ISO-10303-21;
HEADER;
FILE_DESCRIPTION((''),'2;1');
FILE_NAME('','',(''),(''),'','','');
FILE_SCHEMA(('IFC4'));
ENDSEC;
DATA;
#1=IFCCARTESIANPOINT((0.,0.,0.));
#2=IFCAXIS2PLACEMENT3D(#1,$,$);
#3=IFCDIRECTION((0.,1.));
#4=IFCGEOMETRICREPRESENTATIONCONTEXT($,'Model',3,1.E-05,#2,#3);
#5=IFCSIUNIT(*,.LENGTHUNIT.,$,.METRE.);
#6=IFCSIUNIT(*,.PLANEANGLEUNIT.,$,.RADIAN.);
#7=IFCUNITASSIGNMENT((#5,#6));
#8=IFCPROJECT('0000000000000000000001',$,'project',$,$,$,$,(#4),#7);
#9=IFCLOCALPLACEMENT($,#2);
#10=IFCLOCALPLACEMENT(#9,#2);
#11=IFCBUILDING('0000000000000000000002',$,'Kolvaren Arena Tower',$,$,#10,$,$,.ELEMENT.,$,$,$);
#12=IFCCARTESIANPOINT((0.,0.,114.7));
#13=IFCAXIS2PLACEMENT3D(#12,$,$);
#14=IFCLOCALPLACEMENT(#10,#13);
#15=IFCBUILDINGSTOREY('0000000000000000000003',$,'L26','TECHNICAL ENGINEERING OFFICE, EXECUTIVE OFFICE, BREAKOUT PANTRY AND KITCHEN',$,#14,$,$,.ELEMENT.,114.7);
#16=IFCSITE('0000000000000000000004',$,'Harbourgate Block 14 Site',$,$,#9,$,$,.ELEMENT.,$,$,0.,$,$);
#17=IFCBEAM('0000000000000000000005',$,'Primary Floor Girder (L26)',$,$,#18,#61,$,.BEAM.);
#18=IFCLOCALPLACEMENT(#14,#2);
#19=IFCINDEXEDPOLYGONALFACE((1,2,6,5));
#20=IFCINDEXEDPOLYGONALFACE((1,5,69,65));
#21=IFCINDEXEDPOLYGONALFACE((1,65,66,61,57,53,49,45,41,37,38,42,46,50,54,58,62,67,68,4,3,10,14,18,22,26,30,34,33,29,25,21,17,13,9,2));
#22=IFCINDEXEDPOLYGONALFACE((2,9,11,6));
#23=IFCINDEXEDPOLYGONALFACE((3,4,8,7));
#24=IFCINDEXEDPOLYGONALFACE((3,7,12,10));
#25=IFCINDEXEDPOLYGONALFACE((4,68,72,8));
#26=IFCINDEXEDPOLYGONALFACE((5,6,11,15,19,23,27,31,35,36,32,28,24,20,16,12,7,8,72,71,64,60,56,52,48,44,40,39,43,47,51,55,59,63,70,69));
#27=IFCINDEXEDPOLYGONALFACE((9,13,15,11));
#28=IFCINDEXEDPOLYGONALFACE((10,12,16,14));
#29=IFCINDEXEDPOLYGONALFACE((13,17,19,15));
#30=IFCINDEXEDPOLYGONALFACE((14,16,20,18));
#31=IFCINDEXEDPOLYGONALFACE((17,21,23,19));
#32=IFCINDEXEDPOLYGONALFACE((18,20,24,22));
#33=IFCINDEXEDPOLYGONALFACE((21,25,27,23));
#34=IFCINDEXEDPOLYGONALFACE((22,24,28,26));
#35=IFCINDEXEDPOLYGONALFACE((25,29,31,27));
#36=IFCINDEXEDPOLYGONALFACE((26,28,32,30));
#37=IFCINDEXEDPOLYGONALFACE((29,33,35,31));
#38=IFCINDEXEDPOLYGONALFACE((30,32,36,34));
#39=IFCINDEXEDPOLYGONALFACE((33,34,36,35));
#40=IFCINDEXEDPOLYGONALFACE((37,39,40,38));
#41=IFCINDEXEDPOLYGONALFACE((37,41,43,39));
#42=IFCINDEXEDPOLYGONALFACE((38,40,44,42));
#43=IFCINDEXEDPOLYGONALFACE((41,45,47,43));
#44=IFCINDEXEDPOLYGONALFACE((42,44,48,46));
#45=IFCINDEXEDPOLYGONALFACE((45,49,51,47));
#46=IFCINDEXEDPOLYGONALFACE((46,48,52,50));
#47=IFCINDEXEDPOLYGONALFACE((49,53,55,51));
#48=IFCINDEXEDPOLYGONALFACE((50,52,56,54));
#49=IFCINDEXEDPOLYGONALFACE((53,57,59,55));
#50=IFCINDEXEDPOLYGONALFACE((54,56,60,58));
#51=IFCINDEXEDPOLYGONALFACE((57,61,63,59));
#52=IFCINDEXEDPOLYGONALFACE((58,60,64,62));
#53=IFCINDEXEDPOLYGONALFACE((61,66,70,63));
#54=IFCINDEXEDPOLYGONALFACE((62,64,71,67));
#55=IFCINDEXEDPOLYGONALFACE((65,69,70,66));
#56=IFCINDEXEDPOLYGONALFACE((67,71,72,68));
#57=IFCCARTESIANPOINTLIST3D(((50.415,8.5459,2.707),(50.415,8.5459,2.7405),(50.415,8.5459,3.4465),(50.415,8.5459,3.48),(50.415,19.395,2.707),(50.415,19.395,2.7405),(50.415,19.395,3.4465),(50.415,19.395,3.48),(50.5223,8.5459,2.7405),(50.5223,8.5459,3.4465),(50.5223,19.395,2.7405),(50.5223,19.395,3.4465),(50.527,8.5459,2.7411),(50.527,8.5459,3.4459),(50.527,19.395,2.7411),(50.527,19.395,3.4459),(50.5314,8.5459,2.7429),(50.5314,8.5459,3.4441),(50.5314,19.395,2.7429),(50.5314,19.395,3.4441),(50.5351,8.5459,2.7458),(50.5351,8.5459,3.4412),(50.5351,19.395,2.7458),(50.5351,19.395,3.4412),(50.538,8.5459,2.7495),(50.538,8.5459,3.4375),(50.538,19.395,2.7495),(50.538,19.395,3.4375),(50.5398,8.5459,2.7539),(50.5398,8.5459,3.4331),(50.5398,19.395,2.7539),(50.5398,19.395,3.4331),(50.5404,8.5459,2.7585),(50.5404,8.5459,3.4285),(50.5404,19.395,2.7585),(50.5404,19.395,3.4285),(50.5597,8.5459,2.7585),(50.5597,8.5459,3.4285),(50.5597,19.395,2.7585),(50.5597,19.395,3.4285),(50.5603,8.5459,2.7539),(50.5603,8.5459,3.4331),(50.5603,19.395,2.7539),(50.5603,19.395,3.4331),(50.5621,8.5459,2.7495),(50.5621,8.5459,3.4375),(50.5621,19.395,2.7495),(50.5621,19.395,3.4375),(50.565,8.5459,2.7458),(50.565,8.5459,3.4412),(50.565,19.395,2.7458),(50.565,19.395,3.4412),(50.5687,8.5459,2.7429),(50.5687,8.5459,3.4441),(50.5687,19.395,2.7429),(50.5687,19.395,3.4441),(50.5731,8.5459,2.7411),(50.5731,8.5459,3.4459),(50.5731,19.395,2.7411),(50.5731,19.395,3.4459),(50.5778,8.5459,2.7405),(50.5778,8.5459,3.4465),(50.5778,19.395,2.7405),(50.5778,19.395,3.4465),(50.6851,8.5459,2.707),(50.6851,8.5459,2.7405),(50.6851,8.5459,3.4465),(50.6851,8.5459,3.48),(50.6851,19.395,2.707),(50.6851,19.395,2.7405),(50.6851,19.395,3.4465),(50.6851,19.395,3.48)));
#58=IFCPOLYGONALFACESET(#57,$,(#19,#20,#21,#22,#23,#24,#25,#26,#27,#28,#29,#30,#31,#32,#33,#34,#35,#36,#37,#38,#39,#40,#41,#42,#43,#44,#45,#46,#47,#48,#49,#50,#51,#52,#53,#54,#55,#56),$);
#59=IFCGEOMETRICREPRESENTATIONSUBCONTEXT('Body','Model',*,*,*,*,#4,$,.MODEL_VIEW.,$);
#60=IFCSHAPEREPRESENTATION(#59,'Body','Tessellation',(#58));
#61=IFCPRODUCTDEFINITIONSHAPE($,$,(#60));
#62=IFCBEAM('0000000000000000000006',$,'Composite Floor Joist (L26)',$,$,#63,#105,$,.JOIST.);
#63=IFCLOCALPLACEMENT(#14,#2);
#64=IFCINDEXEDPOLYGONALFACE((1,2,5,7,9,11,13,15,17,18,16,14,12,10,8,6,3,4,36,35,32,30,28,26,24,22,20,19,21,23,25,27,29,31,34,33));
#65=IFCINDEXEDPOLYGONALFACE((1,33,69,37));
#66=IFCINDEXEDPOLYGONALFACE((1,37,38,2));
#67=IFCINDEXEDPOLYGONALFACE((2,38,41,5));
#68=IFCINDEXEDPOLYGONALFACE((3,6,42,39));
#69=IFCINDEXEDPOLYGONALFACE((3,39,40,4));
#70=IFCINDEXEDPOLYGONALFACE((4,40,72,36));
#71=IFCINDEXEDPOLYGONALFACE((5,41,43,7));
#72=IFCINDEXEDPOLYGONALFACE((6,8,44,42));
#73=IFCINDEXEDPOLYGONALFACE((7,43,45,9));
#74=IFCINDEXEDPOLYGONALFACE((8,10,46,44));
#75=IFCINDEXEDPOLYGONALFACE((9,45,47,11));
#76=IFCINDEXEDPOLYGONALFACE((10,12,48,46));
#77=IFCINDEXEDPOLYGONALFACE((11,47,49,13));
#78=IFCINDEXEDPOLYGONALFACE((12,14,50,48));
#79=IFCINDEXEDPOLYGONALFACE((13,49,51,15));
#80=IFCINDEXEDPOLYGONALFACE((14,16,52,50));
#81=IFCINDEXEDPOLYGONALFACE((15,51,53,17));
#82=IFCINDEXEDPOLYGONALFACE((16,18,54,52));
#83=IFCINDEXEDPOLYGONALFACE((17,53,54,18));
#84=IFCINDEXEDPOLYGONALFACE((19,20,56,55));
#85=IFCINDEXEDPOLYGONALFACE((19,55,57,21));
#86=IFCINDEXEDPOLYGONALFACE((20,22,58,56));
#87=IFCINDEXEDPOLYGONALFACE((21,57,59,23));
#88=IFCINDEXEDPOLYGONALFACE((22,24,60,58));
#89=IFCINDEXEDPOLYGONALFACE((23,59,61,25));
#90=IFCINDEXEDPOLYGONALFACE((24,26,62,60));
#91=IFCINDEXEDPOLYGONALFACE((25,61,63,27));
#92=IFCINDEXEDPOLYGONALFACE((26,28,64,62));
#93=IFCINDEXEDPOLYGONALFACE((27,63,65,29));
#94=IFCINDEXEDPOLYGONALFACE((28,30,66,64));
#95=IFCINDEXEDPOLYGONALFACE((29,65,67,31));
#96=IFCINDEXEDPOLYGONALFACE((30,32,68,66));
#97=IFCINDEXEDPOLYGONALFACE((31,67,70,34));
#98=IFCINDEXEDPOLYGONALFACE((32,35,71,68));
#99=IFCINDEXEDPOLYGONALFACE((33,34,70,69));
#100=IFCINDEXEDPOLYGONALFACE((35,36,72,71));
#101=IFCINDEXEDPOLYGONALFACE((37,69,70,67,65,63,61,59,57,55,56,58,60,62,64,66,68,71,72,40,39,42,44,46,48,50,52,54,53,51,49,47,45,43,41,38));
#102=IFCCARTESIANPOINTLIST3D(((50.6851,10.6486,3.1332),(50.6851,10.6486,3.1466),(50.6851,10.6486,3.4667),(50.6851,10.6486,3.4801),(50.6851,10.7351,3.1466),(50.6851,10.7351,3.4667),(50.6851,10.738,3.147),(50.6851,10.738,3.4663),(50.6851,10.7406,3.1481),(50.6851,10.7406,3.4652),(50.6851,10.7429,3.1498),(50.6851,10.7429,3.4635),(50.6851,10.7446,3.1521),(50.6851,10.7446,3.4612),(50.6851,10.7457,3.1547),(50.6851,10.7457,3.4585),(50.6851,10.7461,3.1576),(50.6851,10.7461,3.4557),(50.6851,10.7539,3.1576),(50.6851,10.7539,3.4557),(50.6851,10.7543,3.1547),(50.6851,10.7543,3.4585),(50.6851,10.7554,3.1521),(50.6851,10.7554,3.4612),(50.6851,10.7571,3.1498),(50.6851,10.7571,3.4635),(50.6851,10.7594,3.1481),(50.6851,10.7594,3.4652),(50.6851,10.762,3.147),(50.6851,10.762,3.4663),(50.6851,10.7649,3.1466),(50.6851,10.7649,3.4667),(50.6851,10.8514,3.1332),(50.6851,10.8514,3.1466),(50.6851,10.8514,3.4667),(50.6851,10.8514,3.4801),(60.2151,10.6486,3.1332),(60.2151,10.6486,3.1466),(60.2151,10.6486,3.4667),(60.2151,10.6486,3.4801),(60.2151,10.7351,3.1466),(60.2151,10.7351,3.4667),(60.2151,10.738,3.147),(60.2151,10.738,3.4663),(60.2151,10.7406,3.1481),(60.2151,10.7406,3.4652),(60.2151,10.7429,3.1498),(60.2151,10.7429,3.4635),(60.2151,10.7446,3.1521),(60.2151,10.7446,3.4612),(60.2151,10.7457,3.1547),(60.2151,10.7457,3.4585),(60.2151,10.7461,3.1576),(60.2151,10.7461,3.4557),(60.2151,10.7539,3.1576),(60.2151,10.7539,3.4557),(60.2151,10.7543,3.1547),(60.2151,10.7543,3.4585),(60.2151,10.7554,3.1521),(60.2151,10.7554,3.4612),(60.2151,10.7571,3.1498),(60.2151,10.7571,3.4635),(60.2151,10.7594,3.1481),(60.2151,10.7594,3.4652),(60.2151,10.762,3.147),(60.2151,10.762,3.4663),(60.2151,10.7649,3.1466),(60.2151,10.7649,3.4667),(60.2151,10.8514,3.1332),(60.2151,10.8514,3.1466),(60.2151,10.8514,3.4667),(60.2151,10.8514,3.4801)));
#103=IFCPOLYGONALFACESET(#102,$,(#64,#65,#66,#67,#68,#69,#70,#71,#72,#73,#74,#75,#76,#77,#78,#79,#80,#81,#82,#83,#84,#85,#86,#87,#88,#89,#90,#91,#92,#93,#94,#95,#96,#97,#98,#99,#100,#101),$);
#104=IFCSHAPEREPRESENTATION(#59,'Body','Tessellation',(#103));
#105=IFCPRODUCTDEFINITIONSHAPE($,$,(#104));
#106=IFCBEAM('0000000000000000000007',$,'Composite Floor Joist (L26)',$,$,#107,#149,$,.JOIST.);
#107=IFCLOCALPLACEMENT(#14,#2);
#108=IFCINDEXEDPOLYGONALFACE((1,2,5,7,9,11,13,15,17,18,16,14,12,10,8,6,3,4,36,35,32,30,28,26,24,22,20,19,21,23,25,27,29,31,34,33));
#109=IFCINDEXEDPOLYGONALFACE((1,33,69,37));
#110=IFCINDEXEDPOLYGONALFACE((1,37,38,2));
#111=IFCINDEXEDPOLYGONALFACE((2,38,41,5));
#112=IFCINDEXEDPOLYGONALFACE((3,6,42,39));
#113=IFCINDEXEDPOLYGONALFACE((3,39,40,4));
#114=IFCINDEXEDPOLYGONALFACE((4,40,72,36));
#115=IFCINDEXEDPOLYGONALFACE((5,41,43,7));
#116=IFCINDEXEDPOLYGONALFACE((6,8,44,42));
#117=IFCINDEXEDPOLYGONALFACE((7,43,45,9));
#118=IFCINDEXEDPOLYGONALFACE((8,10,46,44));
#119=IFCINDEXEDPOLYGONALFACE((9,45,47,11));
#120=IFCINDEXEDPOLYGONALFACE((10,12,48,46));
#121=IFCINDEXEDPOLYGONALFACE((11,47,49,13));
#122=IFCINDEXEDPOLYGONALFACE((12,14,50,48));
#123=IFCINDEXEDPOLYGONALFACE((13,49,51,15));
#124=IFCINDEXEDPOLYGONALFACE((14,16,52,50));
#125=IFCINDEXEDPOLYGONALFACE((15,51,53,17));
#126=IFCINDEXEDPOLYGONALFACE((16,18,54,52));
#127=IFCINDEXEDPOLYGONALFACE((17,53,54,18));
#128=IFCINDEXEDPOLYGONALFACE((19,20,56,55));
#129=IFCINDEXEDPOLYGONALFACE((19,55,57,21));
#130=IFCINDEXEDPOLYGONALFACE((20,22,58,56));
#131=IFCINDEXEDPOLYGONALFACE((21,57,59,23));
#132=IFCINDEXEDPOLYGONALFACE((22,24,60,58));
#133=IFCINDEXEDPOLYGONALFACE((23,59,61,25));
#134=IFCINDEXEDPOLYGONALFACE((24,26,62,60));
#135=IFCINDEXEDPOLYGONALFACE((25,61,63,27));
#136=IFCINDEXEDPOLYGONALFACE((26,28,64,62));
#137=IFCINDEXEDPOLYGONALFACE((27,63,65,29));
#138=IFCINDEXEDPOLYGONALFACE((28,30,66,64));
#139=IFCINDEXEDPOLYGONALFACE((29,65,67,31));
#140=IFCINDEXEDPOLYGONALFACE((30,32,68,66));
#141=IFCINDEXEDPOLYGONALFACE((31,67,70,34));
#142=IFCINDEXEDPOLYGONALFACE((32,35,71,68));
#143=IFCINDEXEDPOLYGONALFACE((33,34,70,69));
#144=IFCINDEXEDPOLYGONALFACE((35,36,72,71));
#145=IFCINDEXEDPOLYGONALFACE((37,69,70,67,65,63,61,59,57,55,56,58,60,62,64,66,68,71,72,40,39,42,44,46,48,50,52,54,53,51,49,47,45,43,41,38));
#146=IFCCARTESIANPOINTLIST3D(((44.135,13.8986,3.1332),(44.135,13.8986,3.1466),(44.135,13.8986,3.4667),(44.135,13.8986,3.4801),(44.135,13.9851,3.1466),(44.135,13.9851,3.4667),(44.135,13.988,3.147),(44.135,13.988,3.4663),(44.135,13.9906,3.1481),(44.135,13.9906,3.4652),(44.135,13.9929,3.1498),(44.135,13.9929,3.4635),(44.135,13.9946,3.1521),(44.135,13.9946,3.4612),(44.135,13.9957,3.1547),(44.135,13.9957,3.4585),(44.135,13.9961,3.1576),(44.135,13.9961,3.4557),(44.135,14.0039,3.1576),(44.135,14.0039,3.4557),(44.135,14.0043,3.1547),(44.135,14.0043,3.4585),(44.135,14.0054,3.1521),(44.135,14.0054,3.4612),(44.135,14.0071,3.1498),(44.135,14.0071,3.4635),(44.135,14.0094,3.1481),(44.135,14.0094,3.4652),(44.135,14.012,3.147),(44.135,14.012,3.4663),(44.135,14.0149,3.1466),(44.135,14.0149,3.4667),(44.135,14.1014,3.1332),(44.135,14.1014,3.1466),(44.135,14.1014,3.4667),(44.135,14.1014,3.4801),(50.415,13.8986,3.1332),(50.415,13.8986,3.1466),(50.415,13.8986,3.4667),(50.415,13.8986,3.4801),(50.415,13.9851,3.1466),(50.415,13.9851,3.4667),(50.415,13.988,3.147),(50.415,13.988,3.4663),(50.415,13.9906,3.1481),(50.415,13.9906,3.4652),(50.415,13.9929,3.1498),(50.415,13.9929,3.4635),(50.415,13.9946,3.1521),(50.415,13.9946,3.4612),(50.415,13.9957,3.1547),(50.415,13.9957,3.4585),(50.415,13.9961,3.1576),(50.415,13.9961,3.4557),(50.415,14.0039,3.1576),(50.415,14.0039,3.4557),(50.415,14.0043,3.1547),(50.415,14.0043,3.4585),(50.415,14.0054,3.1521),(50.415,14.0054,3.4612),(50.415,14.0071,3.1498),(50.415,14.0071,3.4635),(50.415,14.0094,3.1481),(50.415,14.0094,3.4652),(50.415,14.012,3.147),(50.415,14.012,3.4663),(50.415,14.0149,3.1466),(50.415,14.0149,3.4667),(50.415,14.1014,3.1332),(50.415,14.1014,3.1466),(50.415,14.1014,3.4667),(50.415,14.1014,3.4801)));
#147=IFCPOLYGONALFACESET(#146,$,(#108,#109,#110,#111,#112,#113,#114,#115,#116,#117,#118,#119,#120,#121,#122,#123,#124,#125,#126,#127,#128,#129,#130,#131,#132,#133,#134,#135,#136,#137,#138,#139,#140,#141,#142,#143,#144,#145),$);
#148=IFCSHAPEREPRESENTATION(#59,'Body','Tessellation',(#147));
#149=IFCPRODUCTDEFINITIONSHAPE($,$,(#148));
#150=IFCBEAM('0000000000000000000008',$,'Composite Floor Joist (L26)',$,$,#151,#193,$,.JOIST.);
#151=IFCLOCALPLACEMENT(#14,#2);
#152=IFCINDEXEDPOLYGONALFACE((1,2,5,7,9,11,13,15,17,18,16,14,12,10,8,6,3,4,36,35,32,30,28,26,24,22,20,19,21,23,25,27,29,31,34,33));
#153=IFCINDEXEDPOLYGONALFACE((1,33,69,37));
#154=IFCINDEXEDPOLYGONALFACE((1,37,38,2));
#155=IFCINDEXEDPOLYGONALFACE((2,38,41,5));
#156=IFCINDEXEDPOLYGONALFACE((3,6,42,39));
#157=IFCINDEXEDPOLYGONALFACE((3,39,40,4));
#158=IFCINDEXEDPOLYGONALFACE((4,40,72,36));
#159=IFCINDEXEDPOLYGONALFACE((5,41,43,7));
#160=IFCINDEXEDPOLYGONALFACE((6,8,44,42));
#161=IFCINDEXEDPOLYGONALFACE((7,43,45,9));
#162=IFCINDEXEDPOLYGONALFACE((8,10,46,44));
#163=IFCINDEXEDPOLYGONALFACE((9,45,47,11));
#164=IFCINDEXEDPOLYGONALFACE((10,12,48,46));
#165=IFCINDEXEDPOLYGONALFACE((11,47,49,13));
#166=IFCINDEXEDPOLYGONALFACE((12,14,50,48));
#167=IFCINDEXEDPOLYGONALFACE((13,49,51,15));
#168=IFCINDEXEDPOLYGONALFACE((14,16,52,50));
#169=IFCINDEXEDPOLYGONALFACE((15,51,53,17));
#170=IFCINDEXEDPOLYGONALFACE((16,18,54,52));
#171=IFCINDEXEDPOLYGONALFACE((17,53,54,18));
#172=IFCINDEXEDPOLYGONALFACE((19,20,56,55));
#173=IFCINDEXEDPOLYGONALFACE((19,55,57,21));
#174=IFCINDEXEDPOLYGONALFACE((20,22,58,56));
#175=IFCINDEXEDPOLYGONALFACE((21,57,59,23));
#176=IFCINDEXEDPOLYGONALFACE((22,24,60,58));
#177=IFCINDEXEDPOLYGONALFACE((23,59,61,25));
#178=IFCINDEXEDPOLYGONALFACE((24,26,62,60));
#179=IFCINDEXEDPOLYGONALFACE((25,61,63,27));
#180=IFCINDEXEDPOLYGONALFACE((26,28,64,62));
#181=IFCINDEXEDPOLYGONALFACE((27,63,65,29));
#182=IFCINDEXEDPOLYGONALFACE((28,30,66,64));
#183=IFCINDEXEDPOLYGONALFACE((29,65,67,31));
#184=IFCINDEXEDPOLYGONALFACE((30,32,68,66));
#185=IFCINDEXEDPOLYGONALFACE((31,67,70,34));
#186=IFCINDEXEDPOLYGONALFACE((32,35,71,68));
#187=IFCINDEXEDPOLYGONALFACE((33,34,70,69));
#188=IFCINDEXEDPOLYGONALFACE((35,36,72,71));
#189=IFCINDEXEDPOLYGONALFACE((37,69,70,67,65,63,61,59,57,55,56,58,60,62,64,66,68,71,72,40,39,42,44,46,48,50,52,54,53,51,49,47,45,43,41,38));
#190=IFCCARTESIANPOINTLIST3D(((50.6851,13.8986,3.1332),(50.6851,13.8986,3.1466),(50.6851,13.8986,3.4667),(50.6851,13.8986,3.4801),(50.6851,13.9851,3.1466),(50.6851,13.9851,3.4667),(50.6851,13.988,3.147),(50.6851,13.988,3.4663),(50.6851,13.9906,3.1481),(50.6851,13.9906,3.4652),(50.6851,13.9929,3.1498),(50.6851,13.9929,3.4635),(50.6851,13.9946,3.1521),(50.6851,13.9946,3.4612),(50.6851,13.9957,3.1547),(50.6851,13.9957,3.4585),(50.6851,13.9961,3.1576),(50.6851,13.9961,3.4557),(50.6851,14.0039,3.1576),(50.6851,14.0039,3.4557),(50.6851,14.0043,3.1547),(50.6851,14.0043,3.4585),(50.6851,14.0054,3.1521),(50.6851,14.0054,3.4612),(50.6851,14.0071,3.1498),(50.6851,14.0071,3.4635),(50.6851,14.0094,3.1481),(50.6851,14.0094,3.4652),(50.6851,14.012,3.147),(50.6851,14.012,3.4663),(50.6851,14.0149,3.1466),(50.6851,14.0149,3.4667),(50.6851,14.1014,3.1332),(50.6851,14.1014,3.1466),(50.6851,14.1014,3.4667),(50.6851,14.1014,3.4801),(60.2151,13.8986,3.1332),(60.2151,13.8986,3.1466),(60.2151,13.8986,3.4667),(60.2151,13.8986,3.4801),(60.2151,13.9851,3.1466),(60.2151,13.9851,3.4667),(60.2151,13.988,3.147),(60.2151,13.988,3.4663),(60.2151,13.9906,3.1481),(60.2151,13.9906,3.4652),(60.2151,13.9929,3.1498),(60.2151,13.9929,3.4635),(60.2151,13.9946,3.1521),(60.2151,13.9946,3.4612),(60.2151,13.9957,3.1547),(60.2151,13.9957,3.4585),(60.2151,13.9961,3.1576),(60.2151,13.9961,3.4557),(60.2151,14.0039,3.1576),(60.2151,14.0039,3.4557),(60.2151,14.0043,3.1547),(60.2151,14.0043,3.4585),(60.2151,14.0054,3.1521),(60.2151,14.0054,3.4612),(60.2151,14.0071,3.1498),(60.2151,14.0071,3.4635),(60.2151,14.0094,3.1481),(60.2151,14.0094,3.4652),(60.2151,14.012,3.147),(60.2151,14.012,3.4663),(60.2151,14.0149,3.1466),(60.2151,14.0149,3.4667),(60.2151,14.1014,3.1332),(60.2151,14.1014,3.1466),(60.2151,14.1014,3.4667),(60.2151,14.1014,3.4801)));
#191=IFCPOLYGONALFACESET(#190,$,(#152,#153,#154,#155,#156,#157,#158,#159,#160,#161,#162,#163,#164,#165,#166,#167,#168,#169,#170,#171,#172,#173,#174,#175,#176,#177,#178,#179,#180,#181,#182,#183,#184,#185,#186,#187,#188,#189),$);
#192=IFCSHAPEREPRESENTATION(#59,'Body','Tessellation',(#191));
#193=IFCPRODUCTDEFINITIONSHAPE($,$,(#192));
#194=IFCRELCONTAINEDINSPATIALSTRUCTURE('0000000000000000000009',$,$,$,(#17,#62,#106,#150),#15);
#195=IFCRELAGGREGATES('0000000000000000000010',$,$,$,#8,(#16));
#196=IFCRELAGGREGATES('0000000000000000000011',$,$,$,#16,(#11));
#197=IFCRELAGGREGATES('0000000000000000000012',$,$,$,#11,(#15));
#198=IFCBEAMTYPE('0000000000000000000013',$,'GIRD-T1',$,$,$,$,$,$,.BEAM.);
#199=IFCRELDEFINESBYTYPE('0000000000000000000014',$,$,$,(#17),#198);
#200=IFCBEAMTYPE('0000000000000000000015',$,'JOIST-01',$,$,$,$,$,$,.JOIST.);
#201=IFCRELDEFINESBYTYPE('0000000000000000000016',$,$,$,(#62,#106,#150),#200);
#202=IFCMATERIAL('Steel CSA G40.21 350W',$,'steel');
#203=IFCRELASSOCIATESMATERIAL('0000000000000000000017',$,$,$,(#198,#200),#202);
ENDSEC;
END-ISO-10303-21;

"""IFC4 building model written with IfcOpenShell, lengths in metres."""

from ifc_helpers import new_model, si_unit, direction, frame, origin, origin_2d, place, context, subcontext, project, spatial, i_section, extrude, material, material_profile, profile_set, type_object, element, save


model = new_model("IFC4")

# Units and contexts
model_context = context("Model", 3, precision=1e-05, world=origin(), true_north=direction((0.0, 1.0)))
body_context = subcontext(model_context, "Body", "Model", "MODEL_VIEW")
ifc_project = project(units=[si_unit("LENGTHUNIT", "METRE"), si_unit("PLANEANGLEUNIT", "RADIAN")], contexts=[model_context])

# Site, building, storey
site_placement = place(None, origin())
site = spatial("IfcSite", under=ifc_project, at=site_placement, Name="Harbourgate Block 14 Site", CompositionType="ELEMENT", RefElevation=0.0)
building_placement = place(site_placement, origin())
building = spatial("IfcBuilding", under=site, at=building_placement, Name="Kolvaren Arena Tower", CompositionType="ELEMENT")
storey_placement = place(building_placement, frame((0.0, 0.0, 114.7)))
storey = spatial("IfcBuildingStorey", under=building, at=storey_placement, Name="L26", Description="TECHNICAL ENGINEERING OFFICE, EXECUTIVE OFFICE, BREAKOUT PANTRY AND KITCHEN", CompositionType="ELEMENT", Elevation=114.7)

# Beams
ifc_material_1 = material(Name="Steel CSA G40.21 350W", Category="steel")
ifc_material_profile_1 = material_profile(ifc_material_1, i_section(OverallWidth=0.27, OverallDepth=0.7729, WebThickness=0.0193, FlangeThickness=0.0334, FilletRadius=0.0181, at=origin_2d()), Name="W760x257")
ifc_profile_set_1 = profile_set([ifc_material_profile_1], Name="Steel CSA G40.21 350W")
beam_type_1 = type_object("IfcBeamType", Name="GIRD-T1", PredefinedType="BEAM", material=ifc_profile_set_1)
beam_1_placement = place(storey_placement, frame((50.55, 8.5459, 3.0935), z_axis=(0.0, 1.0, 0.0), x_axis=(-1.0, 0.0, 0.0)))
element("IfcBeam", 1, at=beam_1_placement, inside=storey, type_object=beam_type_1, Name="Primary Floor Girder (L26)", PredefinedType="BEAM", context=body_context, shape_type="SweptSolid", body=[
    extrude(i_section(OverallWidth=0.27, OverallDepth=0.7729, WebThickness=0.0193, FlangeThickness=0.0334, FilletRadius=0.0181, at=origin_2d()), origin(), (0.0, 0.0, 1.0), 10.8491),
])
ifc_material_profile_2 = material_profile(ifc_material_1, i_section(OverallWidth=0.2029, OverallDepth=0.3469, WebThickness=0.0078, FlangeThickness=0.0134, FilletRadius=0.011, at=origin_2d()), Name="W360x64")
ifc_profile_set_2 = profile_set([ifc_material_profile_2], Name="Steel CSA G40.21 350W")
beam_type_2 = type_object("IfcBeamType", Name="JOIST-01", PredefinedType="JOIST", material=ifc_profile_set_2)
beam_2_placement = place(storey_placement, frame((50.6851, 10.75, 3.3066), z_axis=(1.0, 0.0, 0.0), x_axis=(0.0, 1.0, 0.0)))
element("IfcBeam", 2, at=beam_2_placement, inside=storey, type_object=beam_type_2, Name="Composite Floor Joist (L26)", PredefinedType="JOIST", context=body_context, shape_type="SweptSolid", body=[
    extrude(i_section(OverallWidth=0.2029, OverallDepth=0.3469, WebThickness=0.0078, FlangeThickness=0.0134, FilletRadius=0.011, at=origin_2d()), origin(), (0.0, 0.0, 1.0), 9.53),
])
beam_3_placement = place(storey_placement, frame((44.135, 14.0, 3.3066), z_axis=(1.0, 0.0, 0.0), x_axis=(0.0, 1.0, 0.0)))
element("IfcBeam", 3, at=beam_3_placement, inside=storey, type_object=beam_type_2, Name="Composite Floor Joist (L26)", PredefinedType="JOIST", context=body_context, shape_type="SweptSolid", body=[
    extrude(i_section(OverallWidth=0.2029, OverallDepth=0.3469, WebThickness=0.0078, FlangeThickness=0.0134, FilletRadius=0.011, at=origin_2d()), origin(), (0.0, 0.0, 1.0), 6.28),
])
beam_4_placement = place(storey_placement, frame((50.6851, 14.0, 3.3066), z_axis=(1.0, 0.0, 0.0), x_axis=(0.0, 1.0, 0.0)))
element("IfcBeam", 4, at=beam_4_placement, inside=storey, type_object=beam_type_2, Name="Composite Floor Joist (L26)", PredefinedType="JOIST", context=body_context, shape_type="SweptSolid", body=[
    extrude(i_section(OverallWidth=0.2029, OverallDepth=0.3469, WebThickness=0.0078, FlangeThickness=0.0134, FilletRadius=0.011, at=origin_2d()), origin(), (0.0, 0.0, 1.0), 9.53),
])

save(model, "model.ifc")
